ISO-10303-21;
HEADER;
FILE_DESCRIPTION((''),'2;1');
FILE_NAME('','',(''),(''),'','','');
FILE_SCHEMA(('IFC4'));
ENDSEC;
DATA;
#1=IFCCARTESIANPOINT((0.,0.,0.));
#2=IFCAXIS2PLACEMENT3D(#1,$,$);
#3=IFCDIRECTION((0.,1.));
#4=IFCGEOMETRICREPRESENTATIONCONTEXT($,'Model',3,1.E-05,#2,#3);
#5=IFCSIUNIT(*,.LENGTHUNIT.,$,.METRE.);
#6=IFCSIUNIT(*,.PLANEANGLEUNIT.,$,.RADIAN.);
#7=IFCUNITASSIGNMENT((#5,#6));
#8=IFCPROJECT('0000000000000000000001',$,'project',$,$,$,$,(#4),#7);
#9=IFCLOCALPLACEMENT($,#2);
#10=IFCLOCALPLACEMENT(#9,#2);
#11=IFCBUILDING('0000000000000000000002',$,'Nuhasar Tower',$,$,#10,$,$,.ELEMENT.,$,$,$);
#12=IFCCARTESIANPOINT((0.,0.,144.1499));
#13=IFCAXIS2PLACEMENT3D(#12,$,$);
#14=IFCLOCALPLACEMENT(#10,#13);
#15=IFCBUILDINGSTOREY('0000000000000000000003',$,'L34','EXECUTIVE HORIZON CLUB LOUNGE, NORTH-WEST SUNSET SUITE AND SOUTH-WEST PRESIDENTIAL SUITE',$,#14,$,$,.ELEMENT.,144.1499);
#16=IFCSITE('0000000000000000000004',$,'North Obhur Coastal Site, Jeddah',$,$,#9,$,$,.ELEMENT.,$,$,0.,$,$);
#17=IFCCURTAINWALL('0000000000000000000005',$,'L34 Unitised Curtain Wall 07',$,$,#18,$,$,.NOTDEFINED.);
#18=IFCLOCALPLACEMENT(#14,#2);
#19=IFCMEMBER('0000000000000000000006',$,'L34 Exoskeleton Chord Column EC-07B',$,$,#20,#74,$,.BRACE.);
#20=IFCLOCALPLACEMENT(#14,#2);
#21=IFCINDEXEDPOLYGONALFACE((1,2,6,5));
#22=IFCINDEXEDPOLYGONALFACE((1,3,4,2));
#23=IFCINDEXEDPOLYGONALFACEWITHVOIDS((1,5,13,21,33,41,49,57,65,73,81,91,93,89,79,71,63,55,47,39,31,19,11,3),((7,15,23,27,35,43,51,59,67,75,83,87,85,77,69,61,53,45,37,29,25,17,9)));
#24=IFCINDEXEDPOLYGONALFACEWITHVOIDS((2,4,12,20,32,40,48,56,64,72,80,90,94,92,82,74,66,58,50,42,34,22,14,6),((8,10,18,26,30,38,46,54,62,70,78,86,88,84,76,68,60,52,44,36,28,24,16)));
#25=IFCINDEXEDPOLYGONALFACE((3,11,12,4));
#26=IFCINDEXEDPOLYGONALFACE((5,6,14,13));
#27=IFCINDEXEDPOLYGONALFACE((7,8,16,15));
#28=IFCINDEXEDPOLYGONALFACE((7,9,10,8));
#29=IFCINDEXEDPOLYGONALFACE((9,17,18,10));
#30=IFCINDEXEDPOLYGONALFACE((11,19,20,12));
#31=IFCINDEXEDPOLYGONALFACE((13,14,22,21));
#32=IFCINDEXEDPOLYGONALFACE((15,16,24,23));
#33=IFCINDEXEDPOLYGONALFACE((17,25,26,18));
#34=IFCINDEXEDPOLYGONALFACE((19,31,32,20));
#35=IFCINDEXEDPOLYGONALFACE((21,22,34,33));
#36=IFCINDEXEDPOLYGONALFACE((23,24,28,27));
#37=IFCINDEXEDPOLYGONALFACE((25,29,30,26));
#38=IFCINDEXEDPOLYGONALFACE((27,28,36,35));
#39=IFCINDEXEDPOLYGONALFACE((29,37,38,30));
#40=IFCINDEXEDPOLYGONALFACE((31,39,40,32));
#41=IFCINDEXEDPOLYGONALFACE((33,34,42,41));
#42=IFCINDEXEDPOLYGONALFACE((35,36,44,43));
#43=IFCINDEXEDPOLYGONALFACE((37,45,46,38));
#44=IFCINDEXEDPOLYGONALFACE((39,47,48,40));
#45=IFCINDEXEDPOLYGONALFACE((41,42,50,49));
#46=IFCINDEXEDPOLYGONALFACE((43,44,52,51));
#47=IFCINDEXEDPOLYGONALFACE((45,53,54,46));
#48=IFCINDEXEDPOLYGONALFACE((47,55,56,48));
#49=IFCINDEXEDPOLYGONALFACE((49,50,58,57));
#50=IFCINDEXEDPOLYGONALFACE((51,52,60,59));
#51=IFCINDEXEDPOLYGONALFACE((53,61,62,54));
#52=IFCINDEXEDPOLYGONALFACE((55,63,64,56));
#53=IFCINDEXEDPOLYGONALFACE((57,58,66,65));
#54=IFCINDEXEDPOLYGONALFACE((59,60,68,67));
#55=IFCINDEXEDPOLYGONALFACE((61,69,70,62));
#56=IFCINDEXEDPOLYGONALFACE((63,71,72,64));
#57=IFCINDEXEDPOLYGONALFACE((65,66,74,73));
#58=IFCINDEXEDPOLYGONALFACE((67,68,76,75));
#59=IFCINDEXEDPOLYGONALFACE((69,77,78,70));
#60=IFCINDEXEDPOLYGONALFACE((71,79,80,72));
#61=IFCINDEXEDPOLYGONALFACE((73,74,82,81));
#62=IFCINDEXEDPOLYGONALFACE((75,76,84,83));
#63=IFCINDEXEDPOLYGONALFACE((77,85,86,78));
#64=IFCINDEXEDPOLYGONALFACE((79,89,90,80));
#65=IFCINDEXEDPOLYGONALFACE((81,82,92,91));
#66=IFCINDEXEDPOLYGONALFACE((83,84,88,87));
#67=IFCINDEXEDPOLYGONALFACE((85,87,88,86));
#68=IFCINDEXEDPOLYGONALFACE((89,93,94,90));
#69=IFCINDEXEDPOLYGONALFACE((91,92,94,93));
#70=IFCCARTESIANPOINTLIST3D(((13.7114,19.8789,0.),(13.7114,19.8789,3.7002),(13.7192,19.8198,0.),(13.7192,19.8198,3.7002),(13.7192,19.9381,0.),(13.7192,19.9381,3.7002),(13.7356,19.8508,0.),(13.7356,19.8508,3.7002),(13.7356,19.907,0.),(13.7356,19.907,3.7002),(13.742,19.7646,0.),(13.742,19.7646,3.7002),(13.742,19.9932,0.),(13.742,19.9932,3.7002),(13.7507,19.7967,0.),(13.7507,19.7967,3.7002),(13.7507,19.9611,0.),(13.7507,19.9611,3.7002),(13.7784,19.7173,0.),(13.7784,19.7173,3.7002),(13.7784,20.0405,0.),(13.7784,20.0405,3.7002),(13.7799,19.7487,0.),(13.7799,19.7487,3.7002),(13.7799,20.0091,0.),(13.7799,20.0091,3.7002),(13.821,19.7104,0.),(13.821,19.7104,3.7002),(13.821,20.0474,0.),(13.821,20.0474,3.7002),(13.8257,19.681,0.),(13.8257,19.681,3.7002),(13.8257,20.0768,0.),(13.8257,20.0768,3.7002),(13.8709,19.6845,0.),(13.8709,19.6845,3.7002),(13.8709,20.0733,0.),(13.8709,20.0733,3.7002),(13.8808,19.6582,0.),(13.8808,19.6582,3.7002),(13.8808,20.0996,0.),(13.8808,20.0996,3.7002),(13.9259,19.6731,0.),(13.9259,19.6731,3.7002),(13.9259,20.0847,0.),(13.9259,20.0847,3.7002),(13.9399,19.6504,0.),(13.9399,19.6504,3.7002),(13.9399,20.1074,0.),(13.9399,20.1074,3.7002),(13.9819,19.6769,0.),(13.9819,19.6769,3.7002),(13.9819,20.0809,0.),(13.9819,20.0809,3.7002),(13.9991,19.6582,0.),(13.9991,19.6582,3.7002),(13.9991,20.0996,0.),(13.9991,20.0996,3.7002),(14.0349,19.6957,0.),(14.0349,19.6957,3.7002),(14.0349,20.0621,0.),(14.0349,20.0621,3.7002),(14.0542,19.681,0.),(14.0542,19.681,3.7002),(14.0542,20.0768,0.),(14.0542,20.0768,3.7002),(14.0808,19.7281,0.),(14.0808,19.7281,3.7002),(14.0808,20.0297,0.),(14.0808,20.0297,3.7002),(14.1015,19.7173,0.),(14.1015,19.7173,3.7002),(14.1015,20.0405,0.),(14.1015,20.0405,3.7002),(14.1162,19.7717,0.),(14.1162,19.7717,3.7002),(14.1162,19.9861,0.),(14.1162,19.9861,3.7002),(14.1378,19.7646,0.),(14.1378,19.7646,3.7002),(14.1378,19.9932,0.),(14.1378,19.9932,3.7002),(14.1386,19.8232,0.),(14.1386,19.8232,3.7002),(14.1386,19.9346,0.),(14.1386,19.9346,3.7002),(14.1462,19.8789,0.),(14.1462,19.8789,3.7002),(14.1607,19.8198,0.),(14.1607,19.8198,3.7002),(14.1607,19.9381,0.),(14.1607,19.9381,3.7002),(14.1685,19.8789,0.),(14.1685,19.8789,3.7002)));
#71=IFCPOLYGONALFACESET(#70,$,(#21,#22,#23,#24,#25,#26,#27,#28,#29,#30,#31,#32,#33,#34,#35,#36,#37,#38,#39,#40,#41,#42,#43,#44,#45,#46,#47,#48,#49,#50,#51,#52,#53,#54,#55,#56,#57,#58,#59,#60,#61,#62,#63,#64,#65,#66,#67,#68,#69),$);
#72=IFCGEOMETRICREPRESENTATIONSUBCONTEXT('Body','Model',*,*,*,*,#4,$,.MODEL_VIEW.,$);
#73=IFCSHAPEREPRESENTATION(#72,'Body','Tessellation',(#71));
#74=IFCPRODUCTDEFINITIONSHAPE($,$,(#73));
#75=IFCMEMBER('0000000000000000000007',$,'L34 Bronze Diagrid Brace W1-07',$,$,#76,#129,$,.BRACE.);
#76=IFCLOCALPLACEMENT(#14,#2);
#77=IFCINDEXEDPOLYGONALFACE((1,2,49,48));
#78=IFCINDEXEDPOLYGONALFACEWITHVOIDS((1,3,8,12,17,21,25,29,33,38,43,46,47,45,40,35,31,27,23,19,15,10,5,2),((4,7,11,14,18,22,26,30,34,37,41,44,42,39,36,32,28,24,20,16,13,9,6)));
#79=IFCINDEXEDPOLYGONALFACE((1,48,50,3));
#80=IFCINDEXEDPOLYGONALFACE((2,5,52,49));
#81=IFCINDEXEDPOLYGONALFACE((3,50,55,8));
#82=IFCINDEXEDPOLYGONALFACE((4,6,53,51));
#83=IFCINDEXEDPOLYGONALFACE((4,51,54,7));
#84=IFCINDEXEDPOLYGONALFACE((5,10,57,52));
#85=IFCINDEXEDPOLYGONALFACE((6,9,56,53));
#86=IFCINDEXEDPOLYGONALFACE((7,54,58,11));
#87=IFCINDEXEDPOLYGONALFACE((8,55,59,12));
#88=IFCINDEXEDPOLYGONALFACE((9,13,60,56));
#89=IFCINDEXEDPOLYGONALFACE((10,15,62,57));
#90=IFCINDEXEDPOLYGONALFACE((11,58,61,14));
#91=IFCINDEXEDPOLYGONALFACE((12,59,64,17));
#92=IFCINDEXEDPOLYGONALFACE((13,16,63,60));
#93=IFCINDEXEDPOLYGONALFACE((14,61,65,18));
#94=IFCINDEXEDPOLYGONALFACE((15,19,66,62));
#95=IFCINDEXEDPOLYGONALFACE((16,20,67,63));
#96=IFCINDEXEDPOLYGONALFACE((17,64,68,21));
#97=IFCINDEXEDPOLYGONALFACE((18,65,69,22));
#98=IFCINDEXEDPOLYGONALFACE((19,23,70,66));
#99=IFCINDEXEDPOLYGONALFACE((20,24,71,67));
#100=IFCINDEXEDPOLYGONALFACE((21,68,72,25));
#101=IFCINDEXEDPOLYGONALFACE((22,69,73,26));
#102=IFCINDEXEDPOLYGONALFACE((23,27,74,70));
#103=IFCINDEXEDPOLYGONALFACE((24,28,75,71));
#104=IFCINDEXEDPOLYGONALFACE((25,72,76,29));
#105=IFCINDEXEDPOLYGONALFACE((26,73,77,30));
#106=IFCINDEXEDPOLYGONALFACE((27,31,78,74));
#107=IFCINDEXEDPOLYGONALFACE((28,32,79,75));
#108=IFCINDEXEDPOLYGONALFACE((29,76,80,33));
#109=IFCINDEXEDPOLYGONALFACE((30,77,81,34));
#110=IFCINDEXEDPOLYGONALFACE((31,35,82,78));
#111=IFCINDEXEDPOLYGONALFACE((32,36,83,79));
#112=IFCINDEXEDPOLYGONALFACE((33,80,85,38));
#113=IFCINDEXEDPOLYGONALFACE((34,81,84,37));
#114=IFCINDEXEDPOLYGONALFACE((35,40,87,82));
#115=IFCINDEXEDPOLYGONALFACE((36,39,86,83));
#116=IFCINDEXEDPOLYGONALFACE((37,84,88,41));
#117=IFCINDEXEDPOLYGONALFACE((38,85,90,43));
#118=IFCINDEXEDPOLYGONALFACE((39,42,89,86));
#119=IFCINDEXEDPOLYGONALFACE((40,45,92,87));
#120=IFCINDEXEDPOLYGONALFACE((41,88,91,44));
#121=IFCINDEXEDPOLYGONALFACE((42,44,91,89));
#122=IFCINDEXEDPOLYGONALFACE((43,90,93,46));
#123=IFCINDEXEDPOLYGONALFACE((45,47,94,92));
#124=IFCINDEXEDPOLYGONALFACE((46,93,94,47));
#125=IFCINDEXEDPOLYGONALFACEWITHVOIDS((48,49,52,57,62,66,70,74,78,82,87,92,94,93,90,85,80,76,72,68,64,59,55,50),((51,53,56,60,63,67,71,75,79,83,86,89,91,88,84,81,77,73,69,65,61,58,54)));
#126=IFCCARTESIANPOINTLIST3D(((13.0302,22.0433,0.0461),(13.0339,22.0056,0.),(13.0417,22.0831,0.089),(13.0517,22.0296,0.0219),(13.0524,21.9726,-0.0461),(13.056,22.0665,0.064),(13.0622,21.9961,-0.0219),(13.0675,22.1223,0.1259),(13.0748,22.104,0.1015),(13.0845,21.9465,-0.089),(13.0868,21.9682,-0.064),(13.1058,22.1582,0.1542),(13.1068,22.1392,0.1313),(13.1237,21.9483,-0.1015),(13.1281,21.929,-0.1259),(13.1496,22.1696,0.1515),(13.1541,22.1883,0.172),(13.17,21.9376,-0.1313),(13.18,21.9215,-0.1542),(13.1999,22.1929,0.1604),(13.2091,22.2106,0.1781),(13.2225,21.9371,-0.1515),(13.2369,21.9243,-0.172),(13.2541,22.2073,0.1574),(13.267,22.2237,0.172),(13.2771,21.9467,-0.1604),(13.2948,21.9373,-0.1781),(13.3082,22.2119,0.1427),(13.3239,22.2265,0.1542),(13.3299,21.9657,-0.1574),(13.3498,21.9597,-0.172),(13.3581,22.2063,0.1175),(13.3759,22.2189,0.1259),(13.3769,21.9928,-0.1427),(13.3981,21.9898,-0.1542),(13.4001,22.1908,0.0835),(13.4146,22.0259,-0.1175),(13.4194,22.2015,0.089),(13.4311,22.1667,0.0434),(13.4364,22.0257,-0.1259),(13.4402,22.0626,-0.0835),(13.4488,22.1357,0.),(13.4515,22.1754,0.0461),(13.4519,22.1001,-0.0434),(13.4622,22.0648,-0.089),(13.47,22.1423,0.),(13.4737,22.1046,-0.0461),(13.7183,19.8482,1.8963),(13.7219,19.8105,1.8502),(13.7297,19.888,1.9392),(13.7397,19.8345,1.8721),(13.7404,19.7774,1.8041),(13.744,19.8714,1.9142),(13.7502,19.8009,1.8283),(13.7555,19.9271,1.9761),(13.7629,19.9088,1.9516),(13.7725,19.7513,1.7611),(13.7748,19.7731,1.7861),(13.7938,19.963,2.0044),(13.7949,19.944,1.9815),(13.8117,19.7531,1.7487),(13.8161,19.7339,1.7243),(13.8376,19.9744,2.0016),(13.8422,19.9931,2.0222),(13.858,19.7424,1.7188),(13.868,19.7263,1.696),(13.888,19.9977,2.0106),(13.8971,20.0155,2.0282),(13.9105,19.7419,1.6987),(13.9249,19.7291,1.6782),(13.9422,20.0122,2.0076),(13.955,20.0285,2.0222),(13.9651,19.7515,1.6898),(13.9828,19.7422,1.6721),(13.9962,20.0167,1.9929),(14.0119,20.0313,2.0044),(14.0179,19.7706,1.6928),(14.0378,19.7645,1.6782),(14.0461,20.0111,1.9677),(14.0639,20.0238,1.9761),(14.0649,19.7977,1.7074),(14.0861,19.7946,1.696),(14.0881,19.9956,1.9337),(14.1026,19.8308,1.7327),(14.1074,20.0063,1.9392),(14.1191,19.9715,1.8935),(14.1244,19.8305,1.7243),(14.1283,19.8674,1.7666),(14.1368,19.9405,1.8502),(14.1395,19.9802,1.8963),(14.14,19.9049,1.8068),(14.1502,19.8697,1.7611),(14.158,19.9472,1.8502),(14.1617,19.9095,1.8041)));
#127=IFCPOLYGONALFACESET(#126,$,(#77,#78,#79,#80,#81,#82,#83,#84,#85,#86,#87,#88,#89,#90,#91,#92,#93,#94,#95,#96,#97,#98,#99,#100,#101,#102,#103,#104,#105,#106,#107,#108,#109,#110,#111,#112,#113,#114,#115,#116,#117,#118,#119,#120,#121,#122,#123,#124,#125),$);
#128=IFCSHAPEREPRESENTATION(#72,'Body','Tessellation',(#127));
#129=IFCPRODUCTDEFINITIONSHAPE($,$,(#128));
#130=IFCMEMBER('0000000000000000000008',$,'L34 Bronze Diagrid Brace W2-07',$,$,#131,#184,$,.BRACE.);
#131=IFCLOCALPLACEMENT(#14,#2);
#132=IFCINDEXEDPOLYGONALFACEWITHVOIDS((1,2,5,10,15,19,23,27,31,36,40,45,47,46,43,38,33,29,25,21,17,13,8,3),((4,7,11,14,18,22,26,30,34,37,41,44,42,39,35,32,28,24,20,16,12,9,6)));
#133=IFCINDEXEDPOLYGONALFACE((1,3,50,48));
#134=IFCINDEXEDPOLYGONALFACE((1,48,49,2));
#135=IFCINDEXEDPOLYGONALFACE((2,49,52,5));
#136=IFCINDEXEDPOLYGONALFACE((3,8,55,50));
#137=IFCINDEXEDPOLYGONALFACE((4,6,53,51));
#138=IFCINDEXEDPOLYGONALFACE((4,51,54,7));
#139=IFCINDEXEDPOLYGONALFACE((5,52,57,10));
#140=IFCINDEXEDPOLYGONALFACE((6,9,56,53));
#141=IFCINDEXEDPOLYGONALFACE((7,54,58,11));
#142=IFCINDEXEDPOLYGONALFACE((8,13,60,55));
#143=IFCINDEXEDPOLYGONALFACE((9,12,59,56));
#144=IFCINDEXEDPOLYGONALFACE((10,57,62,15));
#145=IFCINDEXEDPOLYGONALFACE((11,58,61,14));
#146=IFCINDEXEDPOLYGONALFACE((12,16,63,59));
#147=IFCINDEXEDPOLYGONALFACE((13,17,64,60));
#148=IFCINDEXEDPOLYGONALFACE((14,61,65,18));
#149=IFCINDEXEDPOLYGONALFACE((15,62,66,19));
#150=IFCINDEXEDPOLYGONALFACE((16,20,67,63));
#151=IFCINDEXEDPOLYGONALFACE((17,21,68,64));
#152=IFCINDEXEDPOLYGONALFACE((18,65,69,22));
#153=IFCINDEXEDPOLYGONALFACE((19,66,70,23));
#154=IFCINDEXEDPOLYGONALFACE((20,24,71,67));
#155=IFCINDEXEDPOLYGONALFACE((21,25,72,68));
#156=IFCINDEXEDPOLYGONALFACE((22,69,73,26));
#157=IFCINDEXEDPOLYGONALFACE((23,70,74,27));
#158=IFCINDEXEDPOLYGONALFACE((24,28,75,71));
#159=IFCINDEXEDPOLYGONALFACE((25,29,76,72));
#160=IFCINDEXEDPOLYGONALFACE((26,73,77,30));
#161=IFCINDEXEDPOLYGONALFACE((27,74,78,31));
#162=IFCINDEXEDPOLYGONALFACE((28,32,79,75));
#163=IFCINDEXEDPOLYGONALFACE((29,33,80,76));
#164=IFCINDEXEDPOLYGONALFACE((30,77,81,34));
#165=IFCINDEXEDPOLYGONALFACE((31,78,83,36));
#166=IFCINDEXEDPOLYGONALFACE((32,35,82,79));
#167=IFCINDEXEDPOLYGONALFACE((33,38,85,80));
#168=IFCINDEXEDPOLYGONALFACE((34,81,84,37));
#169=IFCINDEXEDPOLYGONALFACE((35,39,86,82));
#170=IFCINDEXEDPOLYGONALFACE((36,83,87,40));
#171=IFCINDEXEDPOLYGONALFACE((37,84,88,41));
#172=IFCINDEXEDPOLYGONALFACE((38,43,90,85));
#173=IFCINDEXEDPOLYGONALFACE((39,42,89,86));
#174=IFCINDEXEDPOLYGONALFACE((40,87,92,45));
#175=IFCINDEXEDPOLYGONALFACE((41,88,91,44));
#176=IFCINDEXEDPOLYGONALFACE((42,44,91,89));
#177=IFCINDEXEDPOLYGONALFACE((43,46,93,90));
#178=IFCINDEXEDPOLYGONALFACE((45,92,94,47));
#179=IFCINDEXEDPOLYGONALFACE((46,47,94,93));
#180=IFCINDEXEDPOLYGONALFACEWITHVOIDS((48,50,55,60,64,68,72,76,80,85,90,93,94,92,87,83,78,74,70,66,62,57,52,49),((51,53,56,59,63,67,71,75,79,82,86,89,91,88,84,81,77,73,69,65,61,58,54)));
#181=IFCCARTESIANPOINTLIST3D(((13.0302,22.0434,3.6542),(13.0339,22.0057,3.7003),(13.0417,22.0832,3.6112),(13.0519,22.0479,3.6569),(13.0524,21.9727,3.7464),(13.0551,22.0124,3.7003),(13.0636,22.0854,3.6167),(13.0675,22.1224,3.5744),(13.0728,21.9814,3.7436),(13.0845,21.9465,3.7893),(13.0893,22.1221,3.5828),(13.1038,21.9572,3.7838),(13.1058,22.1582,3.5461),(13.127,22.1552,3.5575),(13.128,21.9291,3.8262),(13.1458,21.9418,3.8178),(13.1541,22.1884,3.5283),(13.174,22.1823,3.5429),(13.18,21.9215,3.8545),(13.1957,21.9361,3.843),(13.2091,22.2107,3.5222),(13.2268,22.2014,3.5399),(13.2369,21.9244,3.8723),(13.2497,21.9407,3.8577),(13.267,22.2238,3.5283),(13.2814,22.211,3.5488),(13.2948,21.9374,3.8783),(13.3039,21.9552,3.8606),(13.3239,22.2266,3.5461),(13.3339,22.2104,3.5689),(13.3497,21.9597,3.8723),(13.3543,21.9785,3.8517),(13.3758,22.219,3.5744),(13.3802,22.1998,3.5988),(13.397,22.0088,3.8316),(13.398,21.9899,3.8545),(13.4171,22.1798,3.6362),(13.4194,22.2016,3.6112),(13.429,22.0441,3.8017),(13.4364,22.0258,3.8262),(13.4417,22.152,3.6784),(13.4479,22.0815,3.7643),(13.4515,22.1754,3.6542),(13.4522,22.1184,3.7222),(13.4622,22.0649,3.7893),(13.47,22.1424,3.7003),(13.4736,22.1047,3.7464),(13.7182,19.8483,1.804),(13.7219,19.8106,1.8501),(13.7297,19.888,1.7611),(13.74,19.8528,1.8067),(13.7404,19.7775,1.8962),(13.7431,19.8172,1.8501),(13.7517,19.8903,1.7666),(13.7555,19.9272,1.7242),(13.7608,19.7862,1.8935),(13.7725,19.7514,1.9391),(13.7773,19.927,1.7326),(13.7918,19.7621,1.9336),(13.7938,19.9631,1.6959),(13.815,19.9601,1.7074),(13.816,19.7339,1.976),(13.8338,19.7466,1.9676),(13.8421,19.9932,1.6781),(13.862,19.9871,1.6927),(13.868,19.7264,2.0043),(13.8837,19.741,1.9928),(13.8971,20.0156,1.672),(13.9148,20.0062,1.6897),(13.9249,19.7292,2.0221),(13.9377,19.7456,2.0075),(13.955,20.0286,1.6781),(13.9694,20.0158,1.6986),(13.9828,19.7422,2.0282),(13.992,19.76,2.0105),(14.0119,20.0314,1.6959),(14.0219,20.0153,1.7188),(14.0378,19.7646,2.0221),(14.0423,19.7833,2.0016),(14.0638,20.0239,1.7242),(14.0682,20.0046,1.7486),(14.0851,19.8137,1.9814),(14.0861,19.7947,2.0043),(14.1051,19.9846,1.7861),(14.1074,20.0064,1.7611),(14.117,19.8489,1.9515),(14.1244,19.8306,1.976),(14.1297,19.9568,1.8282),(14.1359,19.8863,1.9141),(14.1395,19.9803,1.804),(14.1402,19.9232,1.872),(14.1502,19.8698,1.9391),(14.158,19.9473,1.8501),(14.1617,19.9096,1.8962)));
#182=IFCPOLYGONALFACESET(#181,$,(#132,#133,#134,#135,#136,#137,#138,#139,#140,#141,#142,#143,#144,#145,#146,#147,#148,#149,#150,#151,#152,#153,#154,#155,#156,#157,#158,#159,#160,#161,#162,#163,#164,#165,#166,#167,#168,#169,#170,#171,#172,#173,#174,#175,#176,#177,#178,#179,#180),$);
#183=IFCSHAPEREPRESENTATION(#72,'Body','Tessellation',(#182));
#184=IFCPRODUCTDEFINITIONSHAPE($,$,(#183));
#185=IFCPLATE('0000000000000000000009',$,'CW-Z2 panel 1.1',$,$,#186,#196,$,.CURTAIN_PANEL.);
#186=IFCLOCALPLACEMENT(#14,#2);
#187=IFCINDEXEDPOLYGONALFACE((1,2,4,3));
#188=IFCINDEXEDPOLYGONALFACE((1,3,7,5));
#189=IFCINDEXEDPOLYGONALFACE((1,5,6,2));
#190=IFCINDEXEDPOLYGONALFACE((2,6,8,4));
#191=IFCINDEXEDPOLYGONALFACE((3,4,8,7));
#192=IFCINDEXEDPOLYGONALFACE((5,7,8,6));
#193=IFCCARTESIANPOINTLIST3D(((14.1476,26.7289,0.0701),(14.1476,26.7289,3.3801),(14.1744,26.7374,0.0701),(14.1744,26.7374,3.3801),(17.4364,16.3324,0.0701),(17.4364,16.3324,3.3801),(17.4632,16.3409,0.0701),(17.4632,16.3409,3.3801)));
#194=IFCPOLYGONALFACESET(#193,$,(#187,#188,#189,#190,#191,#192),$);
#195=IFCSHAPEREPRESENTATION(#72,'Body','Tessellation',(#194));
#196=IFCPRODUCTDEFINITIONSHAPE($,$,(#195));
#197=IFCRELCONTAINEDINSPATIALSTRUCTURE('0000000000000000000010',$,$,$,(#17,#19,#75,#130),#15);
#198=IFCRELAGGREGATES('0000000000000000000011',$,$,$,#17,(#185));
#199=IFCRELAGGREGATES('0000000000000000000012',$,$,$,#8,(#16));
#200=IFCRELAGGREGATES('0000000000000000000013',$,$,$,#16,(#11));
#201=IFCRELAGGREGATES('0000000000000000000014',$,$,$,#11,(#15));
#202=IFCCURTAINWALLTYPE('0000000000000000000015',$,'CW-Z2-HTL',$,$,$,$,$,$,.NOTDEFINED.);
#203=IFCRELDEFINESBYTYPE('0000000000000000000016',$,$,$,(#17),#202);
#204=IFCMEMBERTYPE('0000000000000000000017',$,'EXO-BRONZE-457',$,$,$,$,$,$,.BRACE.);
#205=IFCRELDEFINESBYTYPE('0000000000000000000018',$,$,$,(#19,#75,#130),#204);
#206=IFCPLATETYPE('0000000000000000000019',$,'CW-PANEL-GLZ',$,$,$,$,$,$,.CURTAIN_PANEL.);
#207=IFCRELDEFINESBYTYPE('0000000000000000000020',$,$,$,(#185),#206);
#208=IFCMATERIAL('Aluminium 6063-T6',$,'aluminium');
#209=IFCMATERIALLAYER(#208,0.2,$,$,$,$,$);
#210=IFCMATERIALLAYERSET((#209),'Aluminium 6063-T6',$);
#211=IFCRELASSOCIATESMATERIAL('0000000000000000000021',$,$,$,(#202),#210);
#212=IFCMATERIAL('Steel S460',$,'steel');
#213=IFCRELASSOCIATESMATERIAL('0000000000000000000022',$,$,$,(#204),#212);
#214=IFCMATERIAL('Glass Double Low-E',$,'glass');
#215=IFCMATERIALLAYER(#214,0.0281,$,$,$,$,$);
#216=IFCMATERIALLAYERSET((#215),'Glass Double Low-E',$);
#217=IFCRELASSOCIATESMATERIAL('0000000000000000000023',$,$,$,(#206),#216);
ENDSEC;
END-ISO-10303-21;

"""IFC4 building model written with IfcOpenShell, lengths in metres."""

from ifc_helpers import new_model, si_unit, direction, frame, origin, origin_2d, place, context, subcontext, project, spatial, rectangle, hollow_circle, extrude, material, layer, layer_set, material_profile, profile_set, type_object, element, aggregate, save


model = new_model("IFC4")

# Units and contexts
model_context = context("Model", 3, precision=1e-05, world=origin(), true_north=direction((0.0, 1.0)))
body_context = subcontext(model_context, "Body", "Model", "MODEL_VIEW")
ifc_project = project(units=[si_unit("LENGTHUNIT", "METRE"), si_unit("PLANEANGLEUNIT", "RADIAN")], contexts=[model_context])

# Site, building, storey
site_placement = place(None, origin())
site = spatial("IfcSite", under=ifc_project, at=site_placement, Name="North Obhur Coastal Site, Jeddah", CompositionType="ELEMENT", RefElevation=0.0)
building_placement = place(site_placement, origin())
building = spatial("IfcBuilding", under=site, at=building_placement, Name="Nuhasar Tower", CompositionType="ELEMENT")
storey_placement = place(building_placement, frame((0.0, 0.0, 144.1499)))
storey = spatial("IfcBuildingStorey", under=building, at=storey_placement, Name="L34", Description="EXECUTIVE HORIZON CLUB LOUNGE, NORTH-WEST SUNSET SUITE AND SOUTH-WEST PRESIDENTIAL SUITE", CompositionType="ELEMENT", Elevation=144.1499)

# Curtain wall
ifc_material_1 = material(Name="Aluminium 6063-T6", Category="aluminium")
ifc_layer_1 = layer(ifc_material_1, 0.2)
ifc_layer_set_1 = layer_set([ifc_layer_1], Name="Aluminium 6063-T6")
curtain_wall_type = type_object("IfcCurtainWallType", Name="CW-Z2-HTL", PredefinedType="NOTDEFINED", material=ifc_layer_set_1)
curtain_wall_1_placement = place(storey_placement, origin())
curtain_wall_1 = element("IfcCurtainWall", 1, at=curtain_wall_1_placement, inside=storey, type_object=curtain_wall_type, Name="L34 Unitised Curtain Wall 07", PredefinedType="NOTDEFINED")

# Members
ifc_material_2 = material(Name="Steel S460", Category="steel")
ifc_material_profile_1 = material_profile(ifc_material_2, hollow_circle(Radius=0.2285, WallThickness=0.0222, at=origin_2d()), Name="HSS457X22.2")
ifc_profile_set_1 = profile_set([ifc_material_profile_1], Name="Steel S460")
member_type_1 = type_object("IfcMemberType", Name="EXO-BRONZE-457", PredefinedType="BRACE", material=ifc_profile_set_1)
for number, where, z_axis, x_axis, name in (
    (2, (13.9399, 19.8789, 0.0), (0.0, 0.0, 1.0), (1.0, 0.0, 0.0), "L34 Exoskeleton Chord Column EC-07B"),
):
    element("IfcMember", number, at=place(storey_placement, frame(where, z_axis=z_axis, x_axis=x_axis)), inside=storey, type_object=member_type_1, Name=name, PredefinedType="BRACE", context=body_context, shape_type="SweptSolid", body=[
        extrude(hollow_circle(Radius=0.2285, WallThickness=0.0222, at=origin_2d()), origin(), (0.0, 0.0, 1.0), 3.7002),
    ])
for number, where, z_axis, x_axis, name in (
    (3, (13.252, 22.074, 0.0), (0.233056, -0.743578, 0.626719), (0.954228, 0.299079, 0.0), "L34 Bronze Diagrid Brace W1-07"),
    (4, (13.9399, 19.8789, 1.8501), (-0.233056, 0.743578, 0.626719), (-0.954228, -0.299079, 0.0), "L34 Bronze Diagrid Brace W2-07"),
):
    element("IfcMember", number, at=place(storey_placement, frame(where, z_axis=z_axis, x_axis=x_axis)), inside=storey, type_object=member_type_1, Name=name, PredefinedType="BRACE", context=body_context, shape_type="SweptSolid", body=[
        extrude(hollow_circle(Radius=0.2285, WallThickness=0.0222, at=origin_2d()), origin(), (0.0, 0.0, 1.0), 2.9521),
    ])

# Plate
ifc_material_3 = material(Name="Glass Double Low-E", Category="glass")
ifc_layer_2 = layer(ifc_material_3, 0.0281)
ifc_layer_set_2 = layer_set([ifc_layer_2], Name="Glass Double Low-E")
plate_type = type_object("IfcPlateType", Name="CW-PANEL-GLZ", PredefinedType="CURTAIN_PANEL", material=ifc_layer_set_2)
plate_placement = place(storey_placement, frame((15.8054, 21.5349, 0.0701), z_axis=(0.0, 0.0, 1.0), x_axis=(0.301604, -0.953433, 0.0)))
plate = element("IfcPlate", 5, at=plate_placement, type_object=plate_type, Name="CW-Z2 panel 1.1", PredefinedType="CURTAIN_PANEL", context=body_context, shape_type="SweptSolid", body=[
    extrude(rectangle(XDim=10.9043, YDim=0.0281, at=origin_2d()), origin(), (0.0, 0.0, 1.0), 3.3101),
])
aggregate(curtain_wall_1, [plate])

save(model, "model.ifc")
